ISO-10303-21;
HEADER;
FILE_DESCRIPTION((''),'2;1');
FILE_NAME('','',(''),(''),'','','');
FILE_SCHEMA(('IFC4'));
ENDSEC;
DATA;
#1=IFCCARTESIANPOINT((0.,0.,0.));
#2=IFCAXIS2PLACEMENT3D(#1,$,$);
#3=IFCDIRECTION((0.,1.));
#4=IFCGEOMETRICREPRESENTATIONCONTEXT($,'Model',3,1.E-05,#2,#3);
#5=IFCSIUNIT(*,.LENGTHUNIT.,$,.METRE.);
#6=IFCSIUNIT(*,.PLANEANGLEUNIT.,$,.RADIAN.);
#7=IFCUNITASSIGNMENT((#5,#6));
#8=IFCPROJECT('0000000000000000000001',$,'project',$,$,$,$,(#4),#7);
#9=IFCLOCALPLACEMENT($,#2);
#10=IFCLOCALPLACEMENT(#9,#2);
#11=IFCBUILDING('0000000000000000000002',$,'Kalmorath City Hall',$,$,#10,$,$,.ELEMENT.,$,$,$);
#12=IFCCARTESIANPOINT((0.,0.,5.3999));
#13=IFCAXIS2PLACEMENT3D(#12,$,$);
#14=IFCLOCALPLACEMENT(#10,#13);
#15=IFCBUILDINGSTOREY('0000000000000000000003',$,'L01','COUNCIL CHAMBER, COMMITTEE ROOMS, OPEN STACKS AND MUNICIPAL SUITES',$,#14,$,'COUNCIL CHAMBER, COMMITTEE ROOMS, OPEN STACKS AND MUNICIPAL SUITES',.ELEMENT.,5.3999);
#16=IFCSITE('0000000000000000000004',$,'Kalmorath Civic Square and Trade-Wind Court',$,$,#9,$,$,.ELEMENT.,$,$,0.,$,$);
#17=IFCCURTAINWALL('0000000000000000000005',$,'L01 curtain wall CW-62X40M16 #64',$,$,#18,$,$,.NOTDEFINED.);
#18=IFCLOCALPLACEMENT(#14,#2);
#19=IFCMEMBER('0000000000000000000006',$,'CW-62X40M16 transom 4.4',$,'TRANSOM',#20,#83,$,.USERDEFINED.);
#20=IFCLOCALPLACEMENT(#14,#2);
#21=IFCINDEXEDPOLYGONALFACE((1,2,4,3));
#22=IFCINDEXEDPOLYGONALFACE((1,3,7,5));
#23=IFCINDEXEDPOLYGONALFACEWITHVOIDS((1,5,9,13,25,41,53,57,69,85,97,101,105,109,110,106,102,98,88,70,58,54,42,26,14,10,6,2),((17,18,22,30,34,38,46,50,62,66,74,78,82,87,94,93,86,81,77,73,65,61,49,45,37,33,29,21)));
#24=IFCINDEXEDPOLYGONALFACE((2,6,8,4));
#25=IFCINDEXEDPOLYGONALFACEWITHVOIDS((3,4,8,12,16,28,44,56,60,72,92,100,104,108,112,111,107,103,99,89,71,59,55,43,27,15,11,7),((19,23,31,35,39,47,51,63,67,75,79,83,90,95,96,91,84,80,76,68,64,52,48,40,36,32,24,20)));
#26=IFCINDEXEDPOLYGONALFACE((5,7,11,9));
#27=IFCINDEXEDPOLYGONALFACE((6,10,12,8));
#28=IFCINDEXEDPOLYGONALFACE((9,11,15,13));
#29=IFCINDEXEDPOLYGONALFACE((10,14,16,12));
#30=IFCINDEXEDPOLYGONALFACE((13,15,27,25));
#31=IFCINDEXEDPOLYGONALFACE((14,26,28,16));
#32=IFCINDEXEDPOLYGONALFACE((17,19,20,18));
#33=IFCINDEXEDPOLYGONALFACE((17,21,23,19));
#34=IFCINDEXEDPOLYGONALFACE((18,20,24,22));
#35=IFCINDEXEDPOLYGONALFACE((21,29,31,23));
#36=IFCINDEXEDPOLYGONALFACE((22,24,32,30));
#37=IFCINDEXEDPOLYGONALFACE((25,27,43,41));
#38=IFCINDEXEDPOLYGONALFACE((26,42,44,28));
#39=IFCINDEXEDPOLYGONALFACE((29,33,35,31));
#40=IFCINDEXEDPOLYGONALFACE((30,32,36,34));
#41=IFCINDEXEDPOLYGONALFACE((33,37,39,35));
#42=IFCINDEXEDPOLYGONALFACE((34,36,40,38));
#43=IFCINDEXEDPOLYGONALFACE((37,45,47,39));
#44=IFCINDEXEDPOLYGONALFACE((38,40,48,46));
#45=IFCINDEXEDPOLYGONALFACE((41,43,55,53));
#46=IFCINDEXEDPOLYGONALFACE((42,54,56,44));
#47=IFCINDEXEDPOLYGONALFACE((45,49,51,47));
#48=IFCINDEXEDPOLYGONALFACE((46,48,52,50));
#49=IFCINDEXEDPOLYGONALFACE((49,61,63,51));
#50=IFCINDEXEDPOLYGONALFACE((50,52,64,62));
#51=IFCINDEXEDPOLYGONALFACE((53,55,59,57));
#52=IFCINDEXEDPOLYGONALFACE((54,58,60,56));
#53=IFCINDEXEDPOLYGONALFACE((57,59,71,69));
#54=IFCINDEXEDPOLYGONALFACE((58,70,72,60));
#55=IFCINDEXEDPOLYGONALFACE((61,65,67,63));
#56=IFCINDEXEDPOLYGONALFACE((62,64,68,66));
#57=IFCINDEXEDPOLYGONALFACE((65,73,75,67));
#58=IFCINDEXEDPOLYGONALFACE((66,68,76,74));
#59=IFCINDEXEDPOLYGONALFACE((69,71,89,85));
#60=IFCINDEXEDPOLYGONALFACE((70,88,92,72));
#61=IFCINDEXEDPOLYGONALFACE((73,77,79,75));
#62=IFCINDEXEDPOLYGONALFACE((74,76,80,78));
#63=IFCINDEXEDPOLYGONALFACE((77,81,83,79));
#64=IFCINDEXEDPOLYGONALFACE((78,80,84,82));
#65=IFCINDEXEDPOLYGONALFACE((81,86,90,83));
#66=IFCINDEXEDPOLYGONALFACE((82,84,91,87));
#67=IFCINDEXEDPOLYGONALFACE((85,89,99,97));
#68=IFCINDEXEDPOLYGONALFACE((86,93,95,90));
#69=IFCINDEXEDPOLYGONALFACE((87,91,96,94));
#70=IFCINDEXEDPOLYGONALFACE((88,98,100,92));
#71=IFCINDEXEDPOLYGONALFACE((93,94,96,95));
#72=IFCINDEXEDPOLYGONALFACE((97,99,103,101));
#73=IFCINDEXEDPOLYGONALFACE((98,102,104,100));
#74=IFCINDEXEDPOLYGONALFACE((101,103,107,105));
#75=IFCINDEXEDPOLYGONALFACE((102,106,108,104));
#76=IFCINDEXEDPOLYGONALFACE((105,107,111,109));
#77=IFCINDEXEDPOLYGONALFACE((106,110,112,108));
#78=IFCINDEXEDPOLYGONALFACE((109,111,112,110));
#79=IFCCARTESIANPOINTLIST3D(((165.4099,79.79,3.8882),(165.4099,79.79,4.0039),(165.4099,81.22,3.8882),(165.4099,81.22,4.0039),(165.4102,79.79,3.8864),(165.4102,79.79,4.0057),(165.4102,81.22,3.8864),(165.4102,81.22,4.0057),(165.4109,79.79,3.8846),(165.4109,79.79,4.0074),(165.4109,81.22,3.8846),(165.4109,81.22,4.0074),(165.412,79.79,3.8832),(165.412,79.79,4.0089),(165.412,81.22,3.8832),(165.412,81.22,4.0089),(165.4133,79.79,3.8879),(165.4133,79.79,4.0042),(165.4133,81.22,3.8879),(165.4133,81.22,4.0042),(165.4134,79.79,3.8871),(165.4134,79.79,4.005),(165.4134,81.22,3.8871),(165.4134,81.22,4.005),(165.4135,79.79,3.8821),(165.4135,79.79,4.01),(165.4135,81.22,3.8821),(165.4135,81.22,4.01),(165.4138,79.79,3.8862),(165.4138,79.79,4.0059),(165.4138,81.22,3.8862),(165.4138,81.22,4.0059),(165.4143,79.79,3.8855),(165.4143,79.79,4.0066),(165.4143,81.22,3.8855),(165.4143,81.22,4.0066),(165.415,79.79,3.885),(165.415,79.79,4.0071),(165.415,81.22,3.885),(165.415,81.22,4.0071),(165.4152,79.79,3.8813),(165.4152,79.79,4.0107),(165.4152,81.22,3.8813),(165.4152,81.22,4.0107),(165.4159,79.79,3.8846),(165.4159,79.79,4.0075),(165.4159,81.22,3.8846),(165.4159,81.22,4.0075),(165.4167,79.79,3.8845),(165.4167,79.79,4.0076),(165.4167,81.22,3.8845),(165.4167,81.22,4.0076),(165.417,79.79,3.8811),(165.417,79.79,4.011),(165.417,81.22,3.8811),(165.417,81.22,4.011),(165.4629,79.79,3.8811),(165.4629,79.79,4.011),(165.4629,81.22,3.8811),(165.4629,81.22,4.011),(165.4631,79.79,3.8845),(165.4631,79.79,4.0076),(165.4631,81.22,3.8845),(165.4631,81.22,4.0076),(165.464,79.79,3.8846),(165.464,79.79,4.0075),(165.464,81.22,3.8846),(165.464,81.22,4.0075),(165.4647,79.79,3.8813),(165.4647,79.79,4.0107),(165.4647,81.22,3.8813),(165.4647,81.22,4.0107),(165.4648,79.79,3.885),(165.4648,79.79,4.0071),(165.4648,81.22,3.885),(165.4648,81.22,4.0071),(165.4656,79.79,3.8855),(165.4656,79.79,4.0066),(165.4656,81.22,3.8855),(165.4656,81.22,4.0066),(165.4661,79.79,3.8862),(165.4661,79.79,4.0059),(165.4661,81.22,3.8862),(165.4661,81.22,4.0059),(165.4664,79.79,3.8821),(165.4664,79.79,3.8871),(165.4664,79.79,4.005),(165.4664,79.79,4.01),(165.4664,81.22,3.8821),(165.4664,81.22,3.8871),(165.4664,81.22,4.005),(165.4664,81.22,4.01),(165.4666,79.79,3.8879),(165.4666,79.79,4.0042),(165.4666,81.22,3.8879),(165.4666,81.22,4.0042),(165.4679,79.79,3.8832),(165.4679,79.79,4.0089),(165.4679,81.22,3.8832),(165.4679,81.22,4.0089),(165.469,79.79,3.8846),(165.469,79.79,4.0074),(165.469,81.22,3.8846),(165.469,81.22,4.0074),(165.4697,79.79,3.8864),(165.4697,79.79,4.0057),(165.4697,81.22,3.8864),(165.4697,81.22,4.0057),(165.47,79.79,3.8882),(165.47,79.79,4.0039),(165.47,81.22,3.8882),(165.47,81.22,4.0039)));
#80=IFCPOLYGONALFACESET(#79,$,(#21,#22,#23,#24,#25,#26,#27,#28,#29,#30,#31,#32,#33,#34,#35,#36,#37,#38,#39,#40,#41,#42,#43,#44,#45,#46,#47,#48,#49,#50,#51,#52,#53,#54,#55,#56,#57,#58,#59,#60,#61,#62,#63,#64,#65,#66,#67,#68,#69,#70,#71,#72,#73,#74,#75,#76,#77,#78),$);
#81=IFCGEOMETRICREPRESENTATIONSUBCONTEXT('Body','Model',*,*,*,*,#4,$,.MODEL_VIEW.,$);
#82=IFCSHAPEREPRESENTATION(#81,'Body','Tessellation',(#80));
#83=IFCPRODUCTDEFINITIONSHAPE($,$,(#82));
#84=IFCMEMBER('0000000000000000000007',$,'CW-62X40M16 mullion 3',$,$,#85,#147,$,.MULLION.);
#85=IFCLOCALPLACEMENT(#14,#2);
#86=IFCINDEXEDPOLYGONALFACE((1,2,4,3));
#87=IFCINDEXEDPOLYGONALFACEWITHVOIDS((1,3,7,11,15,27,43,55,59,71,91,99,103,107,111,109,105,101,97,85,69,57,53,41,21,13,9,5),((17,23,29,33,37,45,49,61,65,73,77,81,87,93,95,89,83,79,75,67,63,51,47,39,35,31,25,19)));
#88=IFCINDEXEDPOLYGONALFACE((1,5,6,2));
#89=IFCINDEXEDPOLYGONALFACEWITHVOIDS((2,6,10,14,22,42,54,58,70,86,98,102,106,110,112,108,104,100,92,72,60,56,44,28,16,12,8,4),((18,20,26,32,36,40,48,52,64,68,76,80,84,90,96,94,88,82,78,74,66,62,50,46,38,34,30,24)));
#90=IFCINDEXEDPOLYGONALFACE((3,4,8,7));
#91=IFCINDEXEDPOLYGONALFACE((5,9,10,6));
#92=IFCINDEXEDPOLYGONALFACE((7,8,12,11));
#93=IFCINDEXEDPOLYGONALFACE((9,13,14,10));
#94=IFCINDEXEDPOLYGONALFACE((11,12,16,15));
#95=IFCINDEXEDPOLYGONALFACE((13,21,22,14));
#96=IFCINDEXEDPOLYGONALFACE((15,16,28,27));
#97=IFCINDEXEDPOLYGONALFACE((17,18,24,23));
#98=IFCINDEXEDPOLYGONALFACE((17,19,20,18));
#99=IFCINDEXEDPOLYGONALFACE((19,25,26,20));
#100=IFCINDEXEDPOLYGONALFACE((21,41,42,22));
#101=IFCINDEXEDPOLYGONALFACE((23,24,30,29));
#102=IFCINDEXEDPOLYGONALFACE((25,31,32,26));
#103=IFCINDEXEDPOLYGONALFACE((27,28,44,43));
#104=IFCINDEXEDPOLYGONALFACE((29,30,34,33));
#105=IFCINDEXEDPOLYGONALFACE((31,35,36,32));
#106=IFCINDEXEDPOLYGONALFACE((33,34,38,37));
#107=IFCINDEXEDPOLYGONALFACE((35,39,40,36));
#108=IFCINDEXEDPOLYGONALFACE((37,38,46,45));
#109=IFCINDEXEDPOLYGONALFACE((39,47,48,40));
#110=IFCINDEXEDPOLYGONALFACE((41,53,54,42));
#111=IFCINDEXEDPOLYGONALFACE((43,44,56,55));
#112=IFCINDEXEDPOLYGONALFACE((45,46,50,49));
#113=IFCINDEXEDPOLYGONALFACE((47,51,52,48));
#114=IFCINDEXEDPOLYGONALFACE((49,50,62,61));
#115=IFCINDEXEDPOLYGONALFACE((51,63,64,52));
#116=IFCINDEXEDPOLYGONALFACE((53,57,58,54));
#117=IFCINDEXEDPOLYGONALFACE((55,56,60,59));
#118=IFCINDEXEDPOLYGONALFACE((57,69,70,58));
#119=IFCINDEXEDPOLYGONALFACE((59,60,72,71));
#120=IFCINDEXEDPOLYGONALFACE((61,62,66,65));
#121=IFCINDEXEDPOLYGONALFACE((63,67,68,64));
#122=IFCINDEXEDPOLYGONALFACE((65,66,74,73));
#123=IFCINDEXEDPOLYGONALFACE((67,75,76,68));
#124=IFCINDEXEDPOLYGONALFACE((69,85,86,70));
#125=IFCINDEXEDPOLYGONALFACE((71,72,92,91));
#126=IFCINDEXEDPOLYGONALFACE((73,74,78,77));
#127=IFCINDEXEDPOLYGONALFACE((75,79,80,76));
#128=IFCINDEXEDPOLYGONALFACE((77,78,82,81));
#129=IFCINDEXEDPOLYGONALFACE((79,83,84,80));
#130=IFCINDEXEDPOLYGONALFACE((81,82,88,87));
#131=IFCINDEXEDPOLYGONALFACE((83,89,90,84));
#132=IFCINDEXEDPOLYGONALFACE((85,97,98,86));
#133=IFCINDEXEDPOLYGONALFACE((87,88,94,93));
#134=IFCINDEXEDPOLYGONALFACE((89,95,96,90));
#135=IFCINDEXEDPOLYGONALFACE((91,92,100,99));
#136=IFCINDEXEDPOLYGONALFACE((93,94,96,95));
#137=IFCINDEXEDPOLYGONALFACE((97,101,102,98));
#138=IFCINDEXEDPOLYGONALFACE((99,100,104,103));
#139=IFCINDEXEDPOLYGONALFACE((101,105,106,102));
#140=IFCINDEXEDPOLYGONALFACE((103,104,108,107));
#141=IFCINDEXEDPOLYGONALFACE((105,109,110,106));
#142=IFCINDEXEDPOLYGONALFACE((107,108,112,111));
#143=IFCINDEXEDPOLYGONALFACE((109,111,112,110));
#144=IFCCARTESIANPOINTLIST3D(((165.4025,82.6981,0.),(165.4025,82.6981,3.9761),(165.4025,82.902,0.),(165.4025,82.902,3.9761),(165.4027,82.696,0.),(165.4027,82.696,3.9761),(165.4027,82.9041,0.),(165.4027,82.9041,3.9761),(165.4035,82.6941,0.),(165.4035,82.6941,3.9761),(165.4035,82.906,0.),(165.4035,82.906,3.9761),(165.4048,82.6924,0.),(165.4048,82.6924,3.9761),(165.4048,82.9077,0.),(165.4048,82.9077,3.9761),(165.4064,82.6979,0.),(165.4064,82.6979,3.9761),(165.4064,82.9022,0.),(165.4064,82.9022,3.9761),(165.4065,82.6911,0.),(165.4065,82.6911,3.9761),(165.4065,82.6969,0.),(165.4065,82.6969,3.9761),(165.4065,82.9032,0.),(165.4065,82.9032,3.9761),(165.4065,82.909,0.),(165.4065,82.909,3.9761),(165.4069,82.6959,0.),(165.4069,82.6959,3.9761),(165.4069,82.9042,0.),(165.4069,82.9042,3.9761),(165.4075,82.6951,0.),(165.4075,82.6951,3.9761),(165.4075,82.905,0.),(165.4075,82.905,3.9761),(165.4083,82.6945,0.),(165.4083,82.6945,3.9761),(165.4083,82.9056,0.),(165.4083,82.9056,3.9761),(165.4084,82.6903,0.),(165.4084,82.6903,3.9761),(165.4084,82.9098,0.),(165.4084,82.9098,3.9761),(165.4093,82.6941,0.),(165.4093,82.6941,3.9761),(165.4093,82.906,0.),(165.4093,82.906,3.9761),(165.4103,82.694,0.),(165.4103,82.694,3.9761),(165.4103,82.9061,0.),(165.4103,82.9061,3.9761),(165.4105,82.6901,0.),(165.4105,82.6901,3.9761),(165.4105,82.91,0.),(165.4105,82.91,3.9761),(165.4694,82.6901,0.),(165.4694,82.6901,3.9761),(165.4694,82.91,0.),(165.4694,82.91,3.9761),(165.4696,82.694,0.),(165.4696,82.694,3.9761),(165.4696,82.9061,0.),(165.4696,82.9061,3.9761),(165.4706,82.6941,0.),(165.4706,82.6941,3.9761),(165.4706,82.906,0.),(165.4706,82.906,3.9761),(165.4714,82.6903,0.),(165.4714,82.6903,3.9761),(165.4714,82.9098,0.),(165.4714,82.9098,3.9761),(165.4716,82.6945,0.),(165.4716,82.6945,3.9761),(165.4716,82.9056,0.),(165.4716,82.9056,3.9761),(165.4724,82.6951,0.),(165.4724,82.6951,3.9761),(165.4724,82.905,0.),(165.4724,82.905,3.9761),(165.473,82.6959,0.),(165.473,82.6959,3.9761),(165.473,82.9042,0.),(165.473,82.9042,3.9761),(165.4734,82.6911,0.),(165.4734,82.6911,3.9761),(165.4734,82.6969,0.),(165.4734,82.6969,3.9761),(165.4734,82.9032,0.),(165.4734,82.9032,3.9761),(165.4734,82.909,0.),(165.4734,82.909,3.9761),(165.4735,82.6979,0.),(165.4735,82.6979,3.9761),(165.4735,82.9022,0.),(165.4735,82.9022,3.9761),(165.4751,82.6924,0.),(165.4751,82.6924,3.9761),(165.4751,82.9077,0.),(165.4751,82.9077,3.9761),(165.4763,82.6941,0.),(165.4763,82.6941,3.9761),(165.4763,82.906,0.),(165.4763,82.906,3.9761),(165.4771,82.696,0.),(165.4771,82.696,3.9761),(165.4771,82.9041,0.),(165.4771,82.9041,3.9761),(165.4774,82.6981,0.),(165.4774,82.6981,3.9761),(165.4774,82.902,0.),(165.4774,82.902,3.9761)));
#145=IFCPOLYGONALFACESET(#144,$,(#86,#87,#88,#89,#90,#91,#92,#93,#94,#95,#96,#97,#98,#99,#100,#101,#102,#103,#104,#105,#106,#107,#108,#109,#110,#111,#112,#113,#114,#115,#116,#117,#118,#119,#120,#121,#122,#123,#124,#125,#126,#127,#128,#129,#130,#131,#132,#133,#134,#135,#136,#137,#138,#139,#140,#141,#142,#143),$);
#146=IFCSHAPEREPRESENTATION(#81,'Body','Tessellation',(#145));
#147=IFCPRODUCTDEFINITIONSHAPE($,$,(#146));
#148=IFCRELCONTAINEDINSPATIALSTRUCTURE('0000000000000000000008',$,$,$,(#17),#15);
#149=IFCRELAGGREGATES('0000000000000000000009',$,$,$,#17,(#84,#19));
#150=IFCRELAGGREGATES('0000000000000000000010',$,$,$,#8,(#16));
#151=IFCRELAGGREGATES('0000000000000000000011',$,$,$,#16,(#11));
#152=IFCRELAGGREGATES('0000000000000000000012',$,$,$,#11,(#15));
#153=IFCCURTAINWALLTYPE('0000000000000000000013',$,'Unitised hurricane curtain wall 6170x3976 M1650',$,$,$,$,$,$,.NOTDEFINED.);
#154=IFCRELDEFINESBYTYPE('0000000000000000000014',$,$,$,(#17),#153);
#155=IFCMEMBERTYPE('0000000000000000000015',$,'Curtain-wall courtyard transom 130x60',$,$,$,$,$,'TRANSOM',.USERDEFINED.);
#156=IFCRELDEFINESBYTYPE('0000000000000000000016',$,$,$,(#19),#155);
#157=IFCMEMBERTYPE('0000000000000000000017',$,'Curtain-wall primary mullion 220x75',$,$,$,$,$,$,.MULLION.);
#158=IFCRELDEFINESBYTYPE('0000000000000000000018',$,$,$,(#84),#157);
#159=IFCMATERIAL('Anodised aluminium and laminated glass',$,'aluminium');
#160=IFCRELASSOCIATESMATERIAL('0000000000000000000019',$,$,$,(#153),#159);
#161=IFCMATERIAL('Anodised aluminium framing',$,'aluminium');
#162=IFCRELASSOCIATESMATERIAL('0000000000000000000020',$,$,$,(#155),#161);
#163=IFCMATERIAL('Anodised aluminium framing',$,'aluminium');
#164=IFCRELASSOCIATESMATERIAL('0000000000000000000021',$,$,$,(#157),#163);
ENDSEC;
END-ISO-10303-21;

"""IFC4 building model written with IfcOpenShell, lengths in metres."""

from ifc_helpers import new_model, si_unit, direction, frame, origin, origin_2d, place, context, subcontext, project, spatial, hollow_rectangle, extrude, material, material_profile, profile_set, type_object, element, aggregate, save


model = new_model("IFC4")

# Units and contexts
model_context = context("Model", 3, precision=1e-05, world=origin(), true_north=direction((0.0, 1.0)))
body_context = subcontext(model_context, "Body", "Model", "MODEL_VIEW")
ifc_project = project(units=[si_unit("LENGTHUNIT", "METRE"), si_unit("PLANEANGLEUNIT", "RADIAN")], contexts=[model_context])

# Site, building, storey
site_placement = place(None, origin())
site = spatial("IfcSite", under=ifc_project, at=site_placement, Name="Kalmorath Civic Square and Trade-Wind Court", CompositionType="ELEMENT", RefElevation=0.0)
building_placement = place(site_placement, origin())
building = spatial("IfcBuilding", under=site, at=building_placement, Name="Kalmorath City Hall", CompositionType="ELEMENT")
storey_placement = place(building_placement, frame((0.0, 0.0, 5.3999)))
storey = spatial("IfcBuildingStorey", under=building, at=storey_placement, Name="L01", Description="COUNCIL CHAMBER, COMMITTEE ROOMS, OPEN STACKS AND MUNICIPAL SUITES", LongName="COUNCIL CHAMBER, COMMITTEE ROOMS, OPEN STACKS AND MUNICIPAL SUITES", CompositionType="ELEMENT", Elevation=5.3999)

# Curtain wall, members
ifc_material_1 = material(Name="Anodised aluminium and laminated glass", Category="aluminium")
curtain_wall_type = type_object("IfcCurtainWallType", Name="Unitised hurricane curtain wall 6170x3976 M1650", PredefinedType="NOTDEFINED", material=ifc_material_1)
curtain_wall_1_placement = place(storey_placement, origin())
curtain_wall_1 = element("IfcCurtainWall", 1, at=curtain_wall_1_placement, inside=storey, type_object=curtain_wall_type, Name="L01 curtain wall CW-62X40M16 #64", PredefinedType="NOTDEFINED")
ifc_material_2 = material(Name="Anodised aluminium framing", Category="aluminium")
ifc_material_profile_1 = material_profile(ifc_material_2, hollow_rectangle(XDim=0.0601, YDim=0.1299, WallThickness=0.0034, InnerFilletRadius=0.0034, OuterFilletRadius=0.0071, at=origin_2d()), Name="ALU-TRN-130X60X3.5")
ifc_profile_set_1 = profile_set([ifc_material_profile_1], Name="Anodised aluminium framing")
member_type_1 = type_object("IfcMemberType", Name="Curtain-wall courtyard transom 130x60", ElementType="TRANSOM", PredefinedType="USERDEFINED", material=ifc_profile_set_1)
member_1_placement = place(storey_placement, frame((165.4399, 81.22, 3.946), z_axis=(0.0, -1.0, 0.0), x_axis=(1.0, 0.0, 0.0)))
member_1 = element("IfcMember", 2, at=member_1_placement, type_object=member_type_1, Name="CW-62X40M16 transom 4.4", ObjectType="TRANSOM", PredefinedType="USERDEFINED", context=body_context, shape_type="SweptSolid", body=[
    extrude(hollow_rectangle(XDim=0.0601, YDim=0.1299, WallThickness=0.0034, InnerFilletRadius=0.0034, OuterFilletRadius=0.0071, at=origin_2d()), origin(), (0.0, 0.0, 1.0), 1.4299),
])
ifc_material_3 = material(Name="Anodised aluminium framing", Category="aluminium")
ifc_material_profile_2 = material_profile(ifc_material_3, hollow_rectangle(XDim=0.075, YDim=0.22, WallThickness=0.0039, InnerFilletRadius=0.0039, OuterFilletRadius=0.0081, at=origin_2d()), Name="ALU-MUL-220X75X4")
ifc_profile_set_2 = profile_set([ifc_material_profile_2], Name="Anodised aluminium framing")
member_type_2 = type_object("IfcMemberType", Name="Curtain-wall primary mullion 220x75", PredefinedType="MULLION", material=ifc_profile_set_2)
member_2_placement = place(storey_placement, frame((165.4399, 82.8, 0.0), z_axis=(0.0, 0.0, 1.0), x_axis=(1.0, 0.0, 0.0)))
member_2 = element("IfcMember", 3, at=member_2_placement, type_object=member_type_2, Name="CW-62X40M16 mullion 3", PredefinedType="MULLION", context=body_context, shape_type="SweptSolid", body=[
    extrude(hollow_rectangle(XDim=0.075, YDim=0.22, WallThickness=0.0039, InnerFilletRadius=0.0039, OuterFilletRadius=0.0081, at=origin_2d()), origin(), (0.0, 0.0, 1.0), 3.9761),
])

aggregate(curtain_wall_1, [member_2, member_1])

save(model, "model.ifc")
